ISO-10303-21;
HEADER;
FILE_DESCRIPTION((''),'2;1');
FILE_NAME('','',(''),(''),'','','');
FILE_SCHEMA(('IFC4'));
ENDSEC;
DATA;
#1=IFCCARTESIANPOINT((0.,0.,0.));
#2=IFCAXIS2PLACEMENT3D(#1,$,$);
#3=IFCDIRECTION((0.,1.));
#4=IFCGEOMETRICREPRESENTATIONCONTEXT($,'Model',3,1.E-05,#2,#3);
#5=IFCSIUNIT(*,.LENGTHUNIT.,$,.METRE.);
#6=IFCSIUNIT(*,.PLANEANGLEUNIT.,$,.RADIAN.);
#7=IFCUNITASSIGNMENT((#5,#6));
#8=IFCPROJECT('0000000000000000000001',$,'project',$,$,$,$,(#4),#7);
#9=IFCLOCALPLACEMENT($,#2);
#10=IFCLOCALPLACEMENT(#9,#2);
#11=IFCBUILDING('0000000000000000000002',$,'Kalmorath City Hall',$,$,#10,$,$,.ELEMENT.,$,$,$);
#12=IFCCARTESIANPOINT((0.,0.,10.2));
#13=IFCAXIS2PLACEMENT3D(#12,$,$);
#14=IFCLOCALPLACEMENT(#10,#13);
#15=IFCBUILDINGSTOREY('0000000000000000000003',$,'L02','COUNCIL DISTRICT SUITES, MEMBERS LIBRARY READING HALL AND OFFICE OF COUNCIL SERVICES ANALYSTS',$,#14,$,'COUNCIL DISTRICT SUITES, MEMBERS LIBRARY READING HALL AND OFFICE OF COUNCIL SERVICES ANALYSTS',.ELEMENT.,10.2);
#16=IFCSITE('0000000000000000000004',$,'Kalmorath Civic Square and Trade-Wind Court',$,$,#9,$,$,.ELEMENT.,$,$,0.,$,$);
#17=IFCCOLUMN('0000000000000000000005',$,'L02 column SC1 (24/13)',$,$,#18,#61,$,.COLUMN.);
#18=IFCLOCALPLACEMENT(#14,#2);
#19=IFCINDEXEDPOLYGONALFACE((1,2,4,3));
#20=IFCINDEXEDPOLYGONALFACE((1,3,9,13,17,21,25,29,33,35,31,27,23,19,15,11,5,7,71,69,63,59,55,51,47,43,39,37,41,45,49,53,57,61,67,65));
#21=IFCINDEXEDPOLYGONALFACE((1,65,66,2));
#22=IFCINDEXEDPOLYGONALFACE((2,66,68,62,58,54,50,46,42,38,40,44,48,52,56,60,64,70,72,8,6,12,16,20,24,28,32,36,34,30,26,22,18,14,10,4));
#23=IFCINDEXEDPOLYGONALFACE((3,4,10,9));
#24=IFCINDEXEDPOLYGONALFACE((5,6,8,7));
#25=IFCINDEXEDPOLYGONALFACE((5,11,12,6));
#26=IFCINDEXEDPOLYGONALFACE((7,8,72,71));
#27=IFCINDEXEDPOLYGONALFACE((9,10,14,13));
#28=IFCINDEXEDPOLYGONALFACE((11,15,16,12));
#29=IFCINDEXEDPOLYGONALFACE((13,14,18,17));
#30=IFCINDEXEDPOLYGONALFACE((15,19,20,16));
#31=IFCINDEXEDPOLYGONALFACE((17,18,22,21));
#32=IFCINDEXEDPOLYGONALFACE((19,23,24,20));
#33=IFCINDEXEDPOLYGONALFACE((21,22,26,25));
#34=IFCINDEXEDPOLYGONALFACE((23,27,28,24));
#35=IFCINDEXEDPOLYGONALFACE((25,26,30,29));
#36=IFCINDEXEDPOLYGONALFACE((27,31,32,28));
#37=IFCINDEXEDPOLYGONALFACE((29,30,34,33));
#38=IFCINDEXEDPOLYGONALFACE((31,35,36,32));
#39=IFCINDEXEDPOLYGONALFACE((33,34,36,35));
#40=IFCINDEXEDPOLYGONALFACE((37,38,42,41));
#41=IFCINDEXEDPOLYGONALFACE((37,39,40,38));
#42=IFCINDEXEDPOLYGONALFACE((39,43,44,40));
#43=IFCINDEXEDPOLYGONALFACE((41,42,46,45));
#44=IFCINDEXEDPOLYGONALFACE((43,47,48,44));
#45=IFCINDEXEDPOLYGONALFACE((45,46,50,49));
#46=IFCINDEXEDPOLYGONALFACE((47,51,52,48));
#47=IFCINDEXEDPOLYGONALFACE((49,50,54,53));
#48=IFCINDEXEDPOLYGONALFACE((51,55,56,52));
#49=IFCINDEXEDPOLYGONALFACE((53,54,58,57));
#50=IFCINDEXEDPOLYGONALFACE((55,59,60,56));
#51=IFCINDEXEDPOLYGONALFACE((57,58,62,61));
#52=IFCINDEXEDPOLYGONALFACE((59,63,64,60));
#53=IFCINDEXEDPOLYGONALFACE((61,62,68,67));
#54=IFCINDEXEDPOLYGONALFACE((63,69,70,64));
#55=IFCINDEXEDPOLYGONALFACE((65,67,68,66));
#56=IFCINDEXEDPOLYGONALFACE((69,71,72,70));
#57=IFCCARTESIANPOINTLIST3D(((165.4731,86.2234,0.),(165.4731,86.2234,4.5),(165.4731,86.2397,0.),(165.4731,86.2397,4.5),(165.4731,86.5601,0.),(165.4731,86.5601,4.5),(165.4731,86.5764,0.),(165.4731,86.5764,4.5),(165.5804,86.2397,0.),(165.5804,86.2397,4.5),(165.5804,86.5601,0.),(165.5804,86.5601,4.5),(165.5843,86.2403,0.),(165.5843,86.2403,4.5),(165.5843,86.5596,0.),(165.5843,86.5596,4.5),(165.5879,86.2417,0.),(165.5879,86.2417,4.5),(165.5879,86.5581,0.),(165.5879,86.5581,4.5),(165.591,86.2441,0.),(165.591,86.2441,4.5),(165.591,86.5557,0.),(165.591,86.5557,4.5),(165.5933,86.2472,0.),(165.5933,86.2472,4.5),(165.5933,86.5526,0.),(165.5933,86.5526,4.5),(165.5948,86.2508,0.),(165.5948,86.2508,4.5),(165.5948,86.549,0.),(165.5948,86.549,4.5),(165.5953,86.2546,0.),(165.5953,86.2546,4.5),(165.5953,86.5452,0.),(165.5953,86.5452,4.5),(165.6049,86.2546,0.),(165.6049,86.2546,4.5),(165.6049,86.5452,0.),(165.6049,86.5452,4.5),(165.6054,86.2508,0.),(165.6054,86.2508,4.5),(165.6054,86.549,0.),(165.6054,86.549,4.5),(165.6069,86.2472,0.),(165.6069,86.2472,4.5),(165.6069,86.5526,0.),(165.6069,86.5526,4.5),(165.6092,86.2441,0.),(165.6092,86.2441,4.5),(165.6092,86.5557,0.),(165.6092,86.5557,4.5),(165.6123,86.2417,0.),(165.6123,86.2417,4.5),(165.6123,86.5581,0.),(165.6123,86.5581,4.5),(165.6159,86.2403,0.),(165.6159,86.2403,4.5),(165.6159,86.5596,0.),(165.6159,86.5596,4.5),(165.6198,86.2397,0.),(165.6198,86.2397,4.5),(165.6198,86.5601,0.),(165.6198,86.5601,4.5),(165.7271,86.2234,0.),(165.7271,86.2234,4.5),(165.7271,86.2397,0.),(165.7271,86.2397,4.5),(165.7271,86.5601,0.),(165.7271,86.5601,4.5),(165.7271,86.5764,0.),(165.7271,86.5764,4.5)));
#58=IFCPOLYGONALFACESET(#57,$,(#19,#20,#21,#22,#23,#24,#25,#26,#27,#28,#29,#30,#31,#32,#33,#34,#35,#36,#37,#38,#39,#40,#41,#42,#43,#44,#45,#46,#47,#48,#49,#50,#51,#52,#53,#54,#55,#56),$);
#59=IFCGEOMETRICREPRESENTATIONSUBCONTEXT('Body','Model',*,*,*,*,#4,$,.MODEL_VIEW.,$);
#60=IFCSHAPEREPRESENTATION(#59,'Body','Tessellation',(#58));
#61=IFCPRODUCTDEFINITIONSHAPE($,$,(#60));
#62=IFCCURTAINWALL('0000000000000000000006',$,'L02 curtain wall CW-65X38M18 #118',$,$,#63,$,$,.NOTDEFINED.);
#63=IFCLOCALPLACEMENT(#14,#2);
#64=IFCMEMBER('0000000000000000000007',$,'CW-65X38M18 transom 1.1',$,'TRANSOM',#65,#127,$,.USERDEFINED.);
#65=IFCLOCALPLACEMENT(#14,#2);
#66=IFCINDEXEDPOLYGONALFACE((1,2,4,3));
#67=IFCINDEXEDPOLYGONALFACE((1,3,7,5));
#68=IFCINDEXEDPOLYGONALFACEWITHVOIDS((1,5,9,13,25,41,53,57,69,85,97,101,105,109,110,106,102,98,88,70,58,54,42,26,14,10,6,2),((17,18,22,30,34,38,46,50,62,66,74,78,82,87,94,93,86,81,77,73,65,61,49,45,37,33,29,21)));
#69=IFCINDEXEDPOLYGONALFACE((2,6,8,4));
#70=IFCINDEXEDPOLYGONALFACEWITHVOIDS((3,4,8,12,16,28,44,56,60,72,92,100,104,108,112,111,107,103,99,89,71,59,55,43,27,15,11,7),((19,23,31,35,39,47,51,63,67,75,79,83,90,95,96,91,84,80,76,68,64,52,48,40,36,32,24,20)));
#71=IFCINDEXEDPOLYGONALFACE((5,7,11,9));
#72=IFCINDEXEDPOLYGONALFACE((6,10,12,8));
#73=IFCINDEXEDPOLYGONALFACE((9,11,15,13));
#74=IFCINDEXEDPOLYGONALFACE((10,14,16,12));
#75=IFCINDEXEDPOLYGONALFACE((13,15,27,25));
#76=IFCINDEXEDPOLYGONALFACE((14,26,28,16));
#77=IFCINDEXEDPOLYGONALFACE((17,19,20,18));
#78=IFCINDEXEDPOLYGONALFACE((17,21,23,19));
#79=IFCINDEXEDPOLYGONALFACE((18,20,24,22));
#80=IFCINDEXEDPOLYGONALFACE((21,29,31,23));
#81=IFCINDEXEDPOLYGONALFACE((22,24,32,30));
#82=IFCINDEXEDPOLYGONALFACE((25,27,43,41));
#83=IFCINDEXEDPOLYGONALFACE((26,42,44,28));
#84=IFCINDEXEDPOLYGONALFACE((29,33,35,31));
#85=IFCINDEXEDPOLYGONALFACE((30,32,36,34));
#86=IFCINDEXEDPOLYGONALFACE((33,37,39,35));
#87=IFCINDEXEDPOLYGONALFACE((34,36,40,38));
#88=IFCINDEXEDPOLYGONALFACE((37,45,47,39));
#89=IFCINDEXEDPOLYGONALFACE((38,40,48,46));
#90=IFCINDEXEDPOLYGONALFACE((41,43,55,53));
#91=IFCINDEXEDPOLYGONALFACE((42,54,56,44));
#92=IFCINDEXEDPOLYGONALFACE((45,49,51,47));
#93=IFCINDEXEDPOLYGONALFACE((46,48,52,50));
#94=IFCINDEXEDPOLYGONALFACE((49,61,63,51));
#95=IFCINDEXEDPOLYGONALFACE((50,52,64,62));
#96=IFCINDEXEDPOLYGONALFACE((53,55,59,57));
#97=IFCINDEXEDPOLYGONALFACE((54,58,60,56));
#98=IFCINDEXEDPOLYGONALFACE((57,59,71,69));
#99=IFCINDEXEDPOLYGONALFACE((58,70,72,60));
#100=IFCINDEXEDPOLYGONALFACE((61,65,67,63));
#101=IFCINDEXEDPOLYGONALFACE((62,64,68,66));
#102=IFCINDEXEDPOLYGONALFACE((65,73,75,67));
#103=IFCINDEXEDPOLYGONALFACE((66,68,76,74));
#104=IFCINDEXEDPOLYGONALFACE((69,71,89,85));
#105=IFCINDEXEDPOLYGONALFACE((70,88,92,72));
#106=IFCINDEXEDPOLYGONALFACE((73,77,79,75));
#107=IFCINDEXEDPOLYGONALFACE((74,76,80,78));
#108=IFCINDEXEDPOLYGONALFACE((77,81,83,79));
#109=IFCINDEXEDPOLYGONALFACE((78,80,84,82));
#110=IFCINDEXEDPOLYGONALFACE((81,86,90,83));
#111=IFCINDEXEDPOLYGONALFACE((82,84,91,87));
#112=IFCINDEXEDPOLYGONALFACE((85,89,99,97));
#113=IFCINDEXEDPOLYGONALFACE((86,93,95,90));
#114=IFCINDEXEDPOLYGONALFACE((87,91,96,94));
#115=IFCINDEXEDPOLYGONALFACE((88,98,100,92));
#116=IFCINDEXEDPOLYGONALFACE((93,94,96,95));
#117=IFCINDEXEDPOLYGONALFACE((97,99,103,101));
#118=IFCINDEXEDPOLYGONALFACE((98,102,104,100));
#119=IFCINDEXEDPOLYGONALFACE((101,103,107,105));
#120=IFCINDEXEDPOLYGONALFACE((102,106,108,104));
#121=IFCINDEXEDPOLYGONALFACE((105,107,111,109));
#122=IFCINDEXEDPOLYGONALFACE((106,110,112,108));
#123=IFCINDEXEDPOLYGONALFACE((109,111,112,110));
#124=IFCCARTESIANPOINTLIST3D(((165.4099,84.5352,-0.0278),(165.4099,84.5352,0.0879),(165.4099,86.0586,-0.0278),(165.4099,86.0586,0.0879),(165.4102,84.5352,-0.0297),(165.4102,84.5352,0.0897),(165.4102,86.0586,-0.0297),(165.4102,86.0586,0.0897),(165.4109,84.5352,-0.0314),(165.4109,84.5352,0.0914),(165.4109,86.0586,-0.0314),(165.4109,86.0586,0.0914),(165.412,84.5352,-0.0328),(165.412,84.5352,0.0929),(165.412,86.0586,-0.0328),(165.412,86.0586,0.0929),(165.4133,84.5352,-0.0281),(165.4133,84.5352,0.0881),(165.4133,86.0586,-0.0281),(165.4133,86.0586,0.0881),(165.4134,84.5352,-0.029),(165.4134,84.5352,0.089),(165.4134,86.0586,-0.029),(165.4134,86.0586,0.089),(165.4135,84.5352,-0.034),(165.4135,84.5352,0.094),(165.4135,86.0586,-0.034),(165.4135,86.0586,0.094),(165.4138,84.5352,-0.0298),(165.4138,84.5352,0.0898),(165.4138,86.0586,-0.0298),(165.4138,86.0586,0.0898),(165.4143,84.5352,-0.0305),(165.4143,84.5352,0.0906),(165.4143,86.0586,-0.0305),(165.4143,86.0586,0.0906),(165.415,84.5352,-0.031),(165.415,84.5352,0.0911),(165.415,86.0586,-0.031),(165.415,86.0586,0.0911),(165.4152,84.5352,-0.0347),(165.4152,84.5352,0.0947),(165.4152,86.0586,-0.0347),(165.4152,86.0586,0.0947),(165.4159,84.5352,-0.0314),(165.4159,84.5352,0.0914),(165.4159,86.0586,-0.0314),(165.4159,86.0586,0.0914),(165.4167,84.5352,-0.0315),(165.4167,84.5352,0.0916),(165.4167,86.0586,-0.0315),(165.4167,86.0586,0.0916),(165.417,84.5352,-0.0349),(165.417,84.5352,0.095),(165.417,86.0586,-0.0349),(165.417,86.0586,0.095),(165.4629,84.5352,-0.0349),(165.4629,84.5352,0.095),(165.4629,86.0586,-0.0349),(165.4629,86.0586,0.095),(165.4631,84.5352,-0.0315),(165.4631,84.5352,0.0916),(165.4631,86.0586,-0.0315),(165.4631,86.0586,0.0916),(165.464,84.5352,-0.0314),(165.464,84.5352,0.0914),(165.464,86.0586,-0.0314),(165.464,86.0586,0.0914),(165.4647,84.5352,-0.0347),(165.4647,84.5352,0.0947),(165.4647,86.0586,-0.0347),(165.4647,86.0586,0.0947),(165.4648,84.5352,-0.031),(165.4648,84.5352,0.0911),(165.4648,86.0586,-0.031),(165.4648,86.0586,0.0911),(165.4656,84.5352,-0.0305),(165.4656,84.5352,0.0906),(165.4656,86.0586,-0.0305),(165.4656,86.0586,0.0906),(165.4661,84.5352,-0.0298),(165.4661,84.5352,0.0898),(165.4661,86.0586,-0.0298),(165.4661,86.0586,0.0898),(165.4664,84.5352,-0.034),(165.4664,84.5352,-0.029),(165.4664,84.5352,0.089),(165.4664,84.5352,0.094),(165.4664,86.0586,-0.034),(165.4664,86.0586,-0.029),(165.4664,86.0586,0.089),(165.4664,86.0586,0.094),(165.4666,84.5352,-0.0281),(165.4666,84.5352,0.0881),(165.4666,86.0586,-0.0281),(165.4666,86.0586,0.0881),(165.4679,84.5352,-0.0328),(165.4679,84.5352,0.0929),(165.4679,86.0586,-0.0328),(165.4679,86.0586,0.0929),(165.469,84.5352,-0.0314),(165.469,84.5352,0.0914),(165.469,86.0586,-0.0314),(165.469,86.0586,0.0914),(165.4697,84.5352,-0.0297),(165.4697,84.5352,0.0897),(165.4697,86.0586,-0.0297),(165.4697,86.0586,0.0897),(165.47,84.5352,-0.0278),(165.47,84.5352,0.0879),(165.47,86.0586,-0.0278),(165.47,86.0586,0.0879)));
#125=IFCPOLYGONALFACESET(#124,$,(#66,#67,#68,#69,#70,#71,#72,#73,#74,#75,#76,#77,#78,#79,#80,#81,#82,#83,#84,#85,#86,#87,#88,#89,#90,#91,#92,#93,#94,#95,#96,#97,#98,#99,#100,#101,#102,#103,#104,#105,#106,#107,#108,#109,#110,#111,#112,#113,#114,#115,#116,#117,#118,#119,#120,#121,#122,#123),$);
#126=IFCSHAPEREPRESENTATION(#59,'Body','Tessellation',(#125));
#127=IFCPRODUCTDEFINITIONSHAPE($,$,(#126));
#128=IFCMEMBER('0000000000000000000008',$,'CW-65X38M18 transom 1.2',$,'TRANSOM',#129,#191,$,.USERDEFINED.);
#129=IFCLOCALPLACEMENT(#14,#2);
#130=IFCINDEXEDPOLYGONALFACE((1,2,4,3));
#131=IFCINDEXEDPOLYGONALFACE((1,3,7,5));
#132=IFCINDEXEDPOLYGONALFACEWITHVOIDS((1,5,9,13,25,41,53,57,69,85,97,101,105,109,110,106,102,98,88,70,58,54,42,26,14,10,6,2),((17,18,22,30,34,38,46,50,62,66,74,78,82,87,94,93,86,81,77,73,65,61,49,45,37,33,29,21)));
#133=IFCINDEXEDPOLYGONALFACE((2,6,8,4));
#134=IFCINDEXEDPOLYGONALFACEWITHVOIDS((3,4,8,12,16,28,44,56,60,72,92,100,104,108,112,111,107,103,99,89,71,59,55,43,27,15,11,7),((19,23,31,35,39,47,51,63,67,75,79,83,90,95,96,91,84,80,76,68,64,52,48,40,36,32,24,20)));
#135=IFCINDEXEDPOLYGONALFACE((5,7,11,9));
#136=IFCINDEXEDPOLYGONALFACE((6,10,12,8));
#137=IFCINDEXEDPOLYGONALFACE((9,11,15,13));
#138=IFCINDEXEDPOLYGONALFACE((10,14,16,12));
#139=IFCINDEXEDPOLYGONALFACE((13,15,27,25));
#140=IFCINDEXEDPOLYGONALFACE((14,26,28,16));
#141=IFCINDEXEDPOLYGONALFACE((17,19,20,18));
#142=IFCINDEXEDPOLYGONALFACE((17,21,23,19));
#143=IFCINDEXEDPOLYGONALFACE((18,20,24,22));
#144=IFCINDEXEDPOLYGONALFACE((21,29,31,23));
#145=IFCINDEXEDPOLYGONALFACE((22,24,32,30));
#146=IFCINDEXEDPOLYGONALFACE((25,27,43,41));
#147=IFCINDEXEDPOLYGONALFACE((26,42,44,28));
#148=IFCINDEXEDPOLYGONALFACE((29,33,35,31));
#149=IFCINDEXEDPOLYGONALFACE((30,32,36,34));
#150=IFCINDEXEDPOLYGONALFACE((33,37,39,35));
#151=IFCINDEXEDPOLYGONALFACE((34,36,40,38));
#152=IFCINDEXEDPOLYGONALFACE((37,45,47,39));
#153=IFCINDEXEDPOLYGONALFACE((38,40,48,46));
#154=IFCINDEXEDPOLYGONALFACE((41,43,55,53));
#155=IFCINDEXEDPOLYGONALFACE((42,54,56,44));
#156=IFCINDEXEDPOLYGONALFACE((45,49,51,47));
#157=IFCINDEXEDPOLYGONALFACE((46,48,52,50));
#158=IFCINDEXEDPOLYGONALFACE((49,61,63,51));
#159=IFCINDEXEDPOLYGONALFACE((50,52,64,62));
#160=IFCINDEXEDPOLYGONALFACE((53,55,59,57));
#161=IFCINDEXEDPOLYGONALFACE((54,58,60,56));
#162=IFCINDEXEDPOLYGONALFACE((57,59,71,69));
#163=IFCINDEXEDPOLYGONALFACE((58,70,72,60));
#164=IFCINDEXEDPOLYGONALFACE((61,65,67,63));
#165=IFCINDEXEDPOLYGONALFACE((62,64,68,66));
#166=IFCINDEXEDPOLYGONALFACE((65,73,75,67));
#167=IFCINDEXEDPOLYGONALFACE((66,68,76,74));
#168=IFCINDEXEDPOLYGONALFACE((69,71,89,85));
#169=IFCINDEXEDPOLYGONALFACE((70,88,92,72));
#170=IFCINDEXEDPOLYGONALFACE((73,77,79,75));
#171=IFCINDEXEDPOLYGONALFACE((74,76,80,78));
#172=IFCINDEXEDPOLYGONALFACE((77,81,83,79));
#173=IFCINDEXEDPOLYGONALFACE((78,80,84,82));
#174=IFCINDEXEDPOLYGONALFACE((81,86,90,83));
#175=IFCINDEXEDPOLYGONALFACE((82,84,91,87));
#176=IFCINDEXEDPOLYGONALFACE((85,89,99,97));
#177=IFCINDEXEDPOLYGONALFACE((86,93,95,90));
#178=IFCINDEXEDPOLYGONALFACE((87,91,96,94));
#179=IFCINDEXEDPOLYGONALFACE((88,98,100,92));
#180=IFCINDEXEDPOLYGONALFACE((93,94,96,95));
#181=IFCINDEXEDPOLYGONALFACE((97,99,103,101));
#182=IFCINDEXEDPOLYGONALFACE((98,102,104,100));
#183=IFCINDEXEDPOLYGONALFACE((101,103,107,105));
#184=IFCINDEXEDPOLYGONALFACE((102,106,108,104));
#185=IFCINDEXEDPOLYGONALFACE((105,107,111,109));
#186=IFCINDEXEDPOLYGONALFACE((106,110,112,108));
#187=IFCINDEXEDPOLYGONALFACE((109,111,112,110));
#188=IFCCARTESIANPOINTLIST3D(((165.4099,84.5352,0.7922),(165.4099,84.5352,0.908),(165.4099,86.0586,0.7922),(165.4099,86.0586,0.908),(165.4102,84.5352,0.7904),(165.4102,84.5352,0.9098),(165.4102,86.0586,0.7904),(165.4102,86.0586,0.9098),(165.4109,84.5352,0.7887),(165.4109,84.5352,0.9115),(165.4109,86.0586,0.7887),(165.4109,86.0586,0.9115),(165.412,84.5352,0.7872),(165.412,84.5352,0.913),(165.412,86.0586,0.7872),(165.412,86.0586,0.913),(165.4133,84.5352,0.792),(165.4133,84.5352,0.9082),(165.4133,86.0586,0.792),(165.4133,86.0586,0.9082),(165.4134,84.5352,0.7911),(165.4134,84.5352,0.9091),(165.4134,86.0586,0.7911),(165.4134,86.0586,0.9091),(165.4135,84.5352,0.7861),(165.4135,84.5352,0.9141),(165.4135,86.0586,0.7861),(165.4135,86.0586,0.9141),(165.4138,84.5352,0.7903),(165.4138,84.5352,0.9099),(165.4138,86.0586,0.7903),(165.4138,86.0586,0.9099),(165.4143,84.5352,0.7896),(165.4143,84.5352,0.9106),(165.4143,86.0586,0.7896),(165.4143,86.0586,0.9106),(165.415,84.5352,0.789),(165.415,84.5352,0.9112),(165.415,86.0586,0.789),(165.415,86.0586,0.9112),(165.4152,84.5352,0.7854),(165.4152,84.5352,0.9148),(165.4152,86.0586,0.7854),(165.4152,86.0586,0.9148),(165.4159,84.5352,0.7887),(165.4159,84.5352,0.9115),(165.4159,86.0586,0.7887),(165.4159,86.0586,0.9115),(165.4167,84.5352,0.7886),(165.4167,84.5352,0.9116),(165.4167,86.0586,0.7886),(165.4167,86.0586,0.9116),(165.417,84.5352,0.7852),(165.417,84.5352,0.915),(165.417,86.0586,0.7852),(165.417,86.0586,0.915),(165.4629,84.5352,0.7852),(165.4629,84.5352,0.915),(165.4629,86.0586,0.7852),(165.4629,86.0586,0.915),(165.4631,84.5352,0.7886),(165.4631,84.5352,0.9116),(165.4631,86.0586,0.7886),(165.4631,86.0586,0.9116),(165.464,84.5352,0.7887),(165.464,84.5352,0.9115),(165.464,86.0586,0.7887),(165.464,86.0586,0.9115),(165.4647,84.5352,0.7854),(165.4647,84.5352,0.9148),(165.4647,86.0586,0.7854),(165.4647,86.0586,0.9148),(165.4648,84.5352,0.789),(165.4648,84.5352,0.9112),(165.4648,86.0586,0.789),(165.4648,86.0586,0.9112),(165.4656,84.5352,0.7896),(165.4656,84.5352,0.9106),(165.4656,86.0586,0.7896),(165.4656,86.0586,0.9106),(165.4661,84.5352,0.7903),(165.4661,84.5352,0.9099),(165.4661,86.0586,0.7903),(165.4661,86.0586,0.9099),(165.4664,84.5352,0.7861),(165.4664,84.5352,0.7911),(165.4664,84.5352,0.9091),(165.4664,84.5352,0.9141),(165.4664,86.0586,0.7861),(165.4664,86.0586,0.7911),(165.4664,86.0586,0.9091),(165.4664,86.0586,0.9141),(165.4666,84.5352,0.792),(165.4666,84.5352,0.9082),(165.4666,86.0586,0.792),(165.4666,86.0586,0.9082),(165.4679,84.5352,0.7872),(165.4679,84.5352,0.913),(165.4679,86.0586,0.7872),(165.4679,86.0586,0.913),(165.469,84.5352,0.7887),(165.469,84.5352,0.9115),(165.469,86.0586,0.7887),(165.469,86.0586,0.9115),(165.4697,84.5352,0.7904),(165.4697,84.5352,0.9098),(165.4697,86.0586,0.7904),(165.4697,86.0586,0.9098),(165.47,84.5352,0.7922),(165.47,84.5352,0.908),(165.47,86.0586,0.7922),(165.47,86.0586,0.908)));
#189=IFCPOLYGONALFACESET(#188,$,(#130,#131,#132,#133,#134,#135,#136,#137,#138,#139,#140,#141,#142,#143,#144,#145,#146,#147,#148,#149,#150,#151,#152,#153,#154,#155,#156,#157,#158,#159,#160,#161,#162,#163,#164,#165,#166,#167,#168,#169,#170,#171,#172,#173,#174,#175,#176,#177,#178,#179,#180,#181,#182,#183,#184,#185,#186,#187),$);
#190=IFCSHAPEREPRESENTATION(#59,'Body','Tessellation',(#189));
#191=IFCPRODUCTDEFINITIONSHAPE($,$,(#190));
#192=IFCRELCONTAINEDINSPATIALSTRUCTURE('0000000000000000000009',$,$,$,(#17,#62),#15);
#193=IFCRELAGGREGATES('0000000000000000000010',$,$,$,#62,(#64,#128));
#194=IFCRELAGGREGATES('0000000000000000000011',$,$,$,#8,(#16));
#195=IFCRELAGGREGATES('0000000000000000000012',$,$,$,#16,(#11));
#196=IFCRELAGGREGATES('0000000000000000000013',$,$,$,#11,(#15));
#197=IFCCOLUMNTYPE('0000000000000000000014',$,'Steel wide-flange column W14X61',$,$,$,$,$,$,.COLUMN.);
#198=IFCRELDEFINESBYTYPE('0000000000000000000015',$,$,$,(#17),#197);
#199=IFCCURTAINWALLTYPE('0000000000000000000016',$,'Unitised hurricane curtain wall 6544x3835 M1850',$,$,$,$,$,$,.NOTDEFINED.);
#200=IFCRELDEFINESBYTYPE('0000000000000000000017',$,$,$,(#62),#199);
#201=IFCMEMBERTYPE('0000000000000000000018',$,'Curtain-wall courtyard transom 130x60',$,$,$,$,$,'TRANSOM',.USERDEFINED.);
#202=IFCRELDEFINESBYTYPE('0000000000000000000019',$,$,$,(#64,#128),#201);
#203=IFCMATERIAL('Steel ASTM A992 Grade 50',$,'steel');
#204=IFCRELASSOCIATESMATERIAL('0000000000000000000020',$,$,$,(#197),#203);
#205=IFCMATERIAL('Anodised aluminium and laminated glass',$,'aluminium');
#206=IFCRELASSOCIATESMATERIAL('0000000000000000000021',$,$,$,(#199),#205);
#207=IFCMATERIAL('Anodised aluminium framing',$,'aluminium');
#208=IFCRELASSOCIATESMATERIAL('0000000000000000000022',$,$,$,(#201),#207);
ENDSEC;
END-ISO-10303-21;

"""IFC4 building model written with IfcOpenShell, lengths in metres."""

from ifc_helpers import new_model, si_unit, direction, frame, origin, origin_2d, place, context, subcontext, project, spatial, hollow_rectangle, i_section, extrude, material, material_profile, profile_set, type_object, element, aggregate, save


model = new_model("IFC4")

# Units and contexts
model_context = context("Model", 3, precision=1e-05, world=origin(), true_north=direction((0.0, 1.0)))
body_context = subcontext(model_context, "Body", "Model", "MODEL_VIEW")
ifc_project = project(units=[si_unit("LENGTHUNIT", "METRE"), si_unit("PLANEANGLEUNIT", "RADIAN")], contexts=[model_context])

# Site, building, storey
site_placement = place(None, origin())
site = spatial("IfcSite", under=ifc_project, at=site_placement, Name="Kalmorath Civic Square and Trade-Wind Court", CompositionType="ELEMENT", RefElevation=0.0)
building_placement = place(site_placement, origin())
building = spatial("IfcBuilding", under=site, at=building_placement, Name="Kalmorath City Hall", CompositionType="ELEMENT")
storey_placement = place(building_placement, frame((0.0, 0.0, 10.2)))
storey = spatial("IfcBuildingStorey", under=building, at=storey_placement, Name="L02", Description="COUNCIL DISTRICT SUITES, MEMBERS LIBRARY READING HALL AND OFFICE OF COUNCIL SERVICES ANALYSTS", LongName="COUNCIL DISTRICT SUITES, MEMBERS LIBRARY READING HALL AND OFFICE OF COUNCIL SERVICES ANALYSTS", CompositionType="ELEMENT", Elevation=10.2)

# Column
ifc_material_1 = material(Name="Steel ASTM A992 Grade 50", Category="steel")
ifc_material_profile_1 = material_profile(ifc_material_1, i_section(OverallWidth=0.2539, OverallDepth=0.353, WebThickness=0.0095, FlangeThickness=0.0164, FilletRadius=0.0149, at=origin_2d()), Name="W14X61")
ifc_profile_set_1 = profile_set([ifc_material_profile_1], Name="Steel ASTM A992 Grade 50")
column_type = type_object("IfcColumnType", Name="Steel wide-flange column W14X61", PredefinedType="COLUMN", material=ifc_profile_set_1)
column_placement = place(storey_placement, frame((165.6001, 86.3999, 0.0), z_axis=(0.0, 0.0, 1.0), x_axis=(1.0, 0.0, 0.0)))
element("IfcColumn", 1, at=column_placement, inside=storey, type_object=column_type, Name="L02 column SC1 (24/13)", PredefinedType="COLUMN", context=body_context, shape_type="SweptSolid", body=[
    extrude(i_section(OverallWidth=0.2539, OverallDepth=0.353, WebThickness=0.0095, FlangeThickness=0.0164, FilletRadius=0.0149, at=origin_2d()), origin(), (0.0, 0.0, 1.0), 4.5),
])

# Curtain wall, members
ifc_material_2 = material(Name="Anodised aluminium and laminated glass", Category="aluminium")
curtain_wall_type = type_object("IfcCurtainWallType", Name="Unitised hurricane curtain wall 6544x3835 M1850", PredefinedType="NOTDEFINED", material=ifc_material_2)
curtain_wall_placement = place(storey_placement, origin())
curtain_wall = element("IfcCurtainWall", 2, at=curtain_wall_placement, inside=storey, type_object=curtain_wall_type, Name="L02 curtain wall CW-65X38M18 #118", PredefinedType="NOTDEFINED")
ifc_material_3 = material(Name="Anodised aluminium framing", Category="aluminium")
ifc_material_profile_2 = material_profile(ifc_material_3, hollow_rectangle(XDim=0.0601, YDim=0.1299, WallThickness=0.0034, InnerFilletRadius=0.0034, OuterFilletRadius=0.0071, at=origin_2d()), Name="ALU-TRN-130X60X3.5")
ifc_profile_set_2 = profile_set([ifc_material_profile_2], Name="Anodised aluminium framing")
member_type_1 = type_object("IfcMemberType", Name="Curtain-wall courtyard transom 130x60", ElementType="TRANSOM", PredefinedType="USERDEFINED", material=ifc_profile_set_2)
member_1_placement = place(storey_placement, frame((165.4399, 86.0586, 0.03), z_axis=(0.0, -1.0, 0.0), x_axis=(1.0, 0.0, 0.0)))
member_1 = element("IfcMember", 3, at=member_1_placement, type_object=member_type_1, Name="CW-65X38M18 transom 1.1", ObjectType="TRANSOM", PredefinedType="USERDEFINED", context=body_context, shape_type="SweptSolid", body=[
    extrude(hollow_rectangle(XDim=0.0601, YDim=0.1299, WallThickness=0.0034, InnerFilletRadius=0.0034, OuterFilletRadius=0.0071, at=origin_2d()), origin(), (0.0, 0.0, 1.0), 1.5234),
])
member_2_placement = place(storey_placement, frame((165.4399, 86.0586, 0.8501), z_axis=(0.0, -1.0, 0.0), x_axis=(1.0, 0.0, 0.0)))
member_2 = element("IfcMember", 4, at=member_2_placement, type_object=member_type_1, Name="CW-65X38M18 transom 1.2", ObjectType="TRANSOM", PredefinedType="USERDEFINED", context=body_context, shape_type="SweptSolid", body=[
    extrude(hollow_rectangle(XDim=0.0601, YDim=0.1299, WallThickness=0.0034, InnerFilletRadius=0.0034, OuterFilletRadius=0.0071, at=origin_2d()), origin(), (0.0, 0.0, 1.0), 1.5234),
])

aggregate(curtain_wall, [member_1, member_2])

save(model, "model.ifc")
